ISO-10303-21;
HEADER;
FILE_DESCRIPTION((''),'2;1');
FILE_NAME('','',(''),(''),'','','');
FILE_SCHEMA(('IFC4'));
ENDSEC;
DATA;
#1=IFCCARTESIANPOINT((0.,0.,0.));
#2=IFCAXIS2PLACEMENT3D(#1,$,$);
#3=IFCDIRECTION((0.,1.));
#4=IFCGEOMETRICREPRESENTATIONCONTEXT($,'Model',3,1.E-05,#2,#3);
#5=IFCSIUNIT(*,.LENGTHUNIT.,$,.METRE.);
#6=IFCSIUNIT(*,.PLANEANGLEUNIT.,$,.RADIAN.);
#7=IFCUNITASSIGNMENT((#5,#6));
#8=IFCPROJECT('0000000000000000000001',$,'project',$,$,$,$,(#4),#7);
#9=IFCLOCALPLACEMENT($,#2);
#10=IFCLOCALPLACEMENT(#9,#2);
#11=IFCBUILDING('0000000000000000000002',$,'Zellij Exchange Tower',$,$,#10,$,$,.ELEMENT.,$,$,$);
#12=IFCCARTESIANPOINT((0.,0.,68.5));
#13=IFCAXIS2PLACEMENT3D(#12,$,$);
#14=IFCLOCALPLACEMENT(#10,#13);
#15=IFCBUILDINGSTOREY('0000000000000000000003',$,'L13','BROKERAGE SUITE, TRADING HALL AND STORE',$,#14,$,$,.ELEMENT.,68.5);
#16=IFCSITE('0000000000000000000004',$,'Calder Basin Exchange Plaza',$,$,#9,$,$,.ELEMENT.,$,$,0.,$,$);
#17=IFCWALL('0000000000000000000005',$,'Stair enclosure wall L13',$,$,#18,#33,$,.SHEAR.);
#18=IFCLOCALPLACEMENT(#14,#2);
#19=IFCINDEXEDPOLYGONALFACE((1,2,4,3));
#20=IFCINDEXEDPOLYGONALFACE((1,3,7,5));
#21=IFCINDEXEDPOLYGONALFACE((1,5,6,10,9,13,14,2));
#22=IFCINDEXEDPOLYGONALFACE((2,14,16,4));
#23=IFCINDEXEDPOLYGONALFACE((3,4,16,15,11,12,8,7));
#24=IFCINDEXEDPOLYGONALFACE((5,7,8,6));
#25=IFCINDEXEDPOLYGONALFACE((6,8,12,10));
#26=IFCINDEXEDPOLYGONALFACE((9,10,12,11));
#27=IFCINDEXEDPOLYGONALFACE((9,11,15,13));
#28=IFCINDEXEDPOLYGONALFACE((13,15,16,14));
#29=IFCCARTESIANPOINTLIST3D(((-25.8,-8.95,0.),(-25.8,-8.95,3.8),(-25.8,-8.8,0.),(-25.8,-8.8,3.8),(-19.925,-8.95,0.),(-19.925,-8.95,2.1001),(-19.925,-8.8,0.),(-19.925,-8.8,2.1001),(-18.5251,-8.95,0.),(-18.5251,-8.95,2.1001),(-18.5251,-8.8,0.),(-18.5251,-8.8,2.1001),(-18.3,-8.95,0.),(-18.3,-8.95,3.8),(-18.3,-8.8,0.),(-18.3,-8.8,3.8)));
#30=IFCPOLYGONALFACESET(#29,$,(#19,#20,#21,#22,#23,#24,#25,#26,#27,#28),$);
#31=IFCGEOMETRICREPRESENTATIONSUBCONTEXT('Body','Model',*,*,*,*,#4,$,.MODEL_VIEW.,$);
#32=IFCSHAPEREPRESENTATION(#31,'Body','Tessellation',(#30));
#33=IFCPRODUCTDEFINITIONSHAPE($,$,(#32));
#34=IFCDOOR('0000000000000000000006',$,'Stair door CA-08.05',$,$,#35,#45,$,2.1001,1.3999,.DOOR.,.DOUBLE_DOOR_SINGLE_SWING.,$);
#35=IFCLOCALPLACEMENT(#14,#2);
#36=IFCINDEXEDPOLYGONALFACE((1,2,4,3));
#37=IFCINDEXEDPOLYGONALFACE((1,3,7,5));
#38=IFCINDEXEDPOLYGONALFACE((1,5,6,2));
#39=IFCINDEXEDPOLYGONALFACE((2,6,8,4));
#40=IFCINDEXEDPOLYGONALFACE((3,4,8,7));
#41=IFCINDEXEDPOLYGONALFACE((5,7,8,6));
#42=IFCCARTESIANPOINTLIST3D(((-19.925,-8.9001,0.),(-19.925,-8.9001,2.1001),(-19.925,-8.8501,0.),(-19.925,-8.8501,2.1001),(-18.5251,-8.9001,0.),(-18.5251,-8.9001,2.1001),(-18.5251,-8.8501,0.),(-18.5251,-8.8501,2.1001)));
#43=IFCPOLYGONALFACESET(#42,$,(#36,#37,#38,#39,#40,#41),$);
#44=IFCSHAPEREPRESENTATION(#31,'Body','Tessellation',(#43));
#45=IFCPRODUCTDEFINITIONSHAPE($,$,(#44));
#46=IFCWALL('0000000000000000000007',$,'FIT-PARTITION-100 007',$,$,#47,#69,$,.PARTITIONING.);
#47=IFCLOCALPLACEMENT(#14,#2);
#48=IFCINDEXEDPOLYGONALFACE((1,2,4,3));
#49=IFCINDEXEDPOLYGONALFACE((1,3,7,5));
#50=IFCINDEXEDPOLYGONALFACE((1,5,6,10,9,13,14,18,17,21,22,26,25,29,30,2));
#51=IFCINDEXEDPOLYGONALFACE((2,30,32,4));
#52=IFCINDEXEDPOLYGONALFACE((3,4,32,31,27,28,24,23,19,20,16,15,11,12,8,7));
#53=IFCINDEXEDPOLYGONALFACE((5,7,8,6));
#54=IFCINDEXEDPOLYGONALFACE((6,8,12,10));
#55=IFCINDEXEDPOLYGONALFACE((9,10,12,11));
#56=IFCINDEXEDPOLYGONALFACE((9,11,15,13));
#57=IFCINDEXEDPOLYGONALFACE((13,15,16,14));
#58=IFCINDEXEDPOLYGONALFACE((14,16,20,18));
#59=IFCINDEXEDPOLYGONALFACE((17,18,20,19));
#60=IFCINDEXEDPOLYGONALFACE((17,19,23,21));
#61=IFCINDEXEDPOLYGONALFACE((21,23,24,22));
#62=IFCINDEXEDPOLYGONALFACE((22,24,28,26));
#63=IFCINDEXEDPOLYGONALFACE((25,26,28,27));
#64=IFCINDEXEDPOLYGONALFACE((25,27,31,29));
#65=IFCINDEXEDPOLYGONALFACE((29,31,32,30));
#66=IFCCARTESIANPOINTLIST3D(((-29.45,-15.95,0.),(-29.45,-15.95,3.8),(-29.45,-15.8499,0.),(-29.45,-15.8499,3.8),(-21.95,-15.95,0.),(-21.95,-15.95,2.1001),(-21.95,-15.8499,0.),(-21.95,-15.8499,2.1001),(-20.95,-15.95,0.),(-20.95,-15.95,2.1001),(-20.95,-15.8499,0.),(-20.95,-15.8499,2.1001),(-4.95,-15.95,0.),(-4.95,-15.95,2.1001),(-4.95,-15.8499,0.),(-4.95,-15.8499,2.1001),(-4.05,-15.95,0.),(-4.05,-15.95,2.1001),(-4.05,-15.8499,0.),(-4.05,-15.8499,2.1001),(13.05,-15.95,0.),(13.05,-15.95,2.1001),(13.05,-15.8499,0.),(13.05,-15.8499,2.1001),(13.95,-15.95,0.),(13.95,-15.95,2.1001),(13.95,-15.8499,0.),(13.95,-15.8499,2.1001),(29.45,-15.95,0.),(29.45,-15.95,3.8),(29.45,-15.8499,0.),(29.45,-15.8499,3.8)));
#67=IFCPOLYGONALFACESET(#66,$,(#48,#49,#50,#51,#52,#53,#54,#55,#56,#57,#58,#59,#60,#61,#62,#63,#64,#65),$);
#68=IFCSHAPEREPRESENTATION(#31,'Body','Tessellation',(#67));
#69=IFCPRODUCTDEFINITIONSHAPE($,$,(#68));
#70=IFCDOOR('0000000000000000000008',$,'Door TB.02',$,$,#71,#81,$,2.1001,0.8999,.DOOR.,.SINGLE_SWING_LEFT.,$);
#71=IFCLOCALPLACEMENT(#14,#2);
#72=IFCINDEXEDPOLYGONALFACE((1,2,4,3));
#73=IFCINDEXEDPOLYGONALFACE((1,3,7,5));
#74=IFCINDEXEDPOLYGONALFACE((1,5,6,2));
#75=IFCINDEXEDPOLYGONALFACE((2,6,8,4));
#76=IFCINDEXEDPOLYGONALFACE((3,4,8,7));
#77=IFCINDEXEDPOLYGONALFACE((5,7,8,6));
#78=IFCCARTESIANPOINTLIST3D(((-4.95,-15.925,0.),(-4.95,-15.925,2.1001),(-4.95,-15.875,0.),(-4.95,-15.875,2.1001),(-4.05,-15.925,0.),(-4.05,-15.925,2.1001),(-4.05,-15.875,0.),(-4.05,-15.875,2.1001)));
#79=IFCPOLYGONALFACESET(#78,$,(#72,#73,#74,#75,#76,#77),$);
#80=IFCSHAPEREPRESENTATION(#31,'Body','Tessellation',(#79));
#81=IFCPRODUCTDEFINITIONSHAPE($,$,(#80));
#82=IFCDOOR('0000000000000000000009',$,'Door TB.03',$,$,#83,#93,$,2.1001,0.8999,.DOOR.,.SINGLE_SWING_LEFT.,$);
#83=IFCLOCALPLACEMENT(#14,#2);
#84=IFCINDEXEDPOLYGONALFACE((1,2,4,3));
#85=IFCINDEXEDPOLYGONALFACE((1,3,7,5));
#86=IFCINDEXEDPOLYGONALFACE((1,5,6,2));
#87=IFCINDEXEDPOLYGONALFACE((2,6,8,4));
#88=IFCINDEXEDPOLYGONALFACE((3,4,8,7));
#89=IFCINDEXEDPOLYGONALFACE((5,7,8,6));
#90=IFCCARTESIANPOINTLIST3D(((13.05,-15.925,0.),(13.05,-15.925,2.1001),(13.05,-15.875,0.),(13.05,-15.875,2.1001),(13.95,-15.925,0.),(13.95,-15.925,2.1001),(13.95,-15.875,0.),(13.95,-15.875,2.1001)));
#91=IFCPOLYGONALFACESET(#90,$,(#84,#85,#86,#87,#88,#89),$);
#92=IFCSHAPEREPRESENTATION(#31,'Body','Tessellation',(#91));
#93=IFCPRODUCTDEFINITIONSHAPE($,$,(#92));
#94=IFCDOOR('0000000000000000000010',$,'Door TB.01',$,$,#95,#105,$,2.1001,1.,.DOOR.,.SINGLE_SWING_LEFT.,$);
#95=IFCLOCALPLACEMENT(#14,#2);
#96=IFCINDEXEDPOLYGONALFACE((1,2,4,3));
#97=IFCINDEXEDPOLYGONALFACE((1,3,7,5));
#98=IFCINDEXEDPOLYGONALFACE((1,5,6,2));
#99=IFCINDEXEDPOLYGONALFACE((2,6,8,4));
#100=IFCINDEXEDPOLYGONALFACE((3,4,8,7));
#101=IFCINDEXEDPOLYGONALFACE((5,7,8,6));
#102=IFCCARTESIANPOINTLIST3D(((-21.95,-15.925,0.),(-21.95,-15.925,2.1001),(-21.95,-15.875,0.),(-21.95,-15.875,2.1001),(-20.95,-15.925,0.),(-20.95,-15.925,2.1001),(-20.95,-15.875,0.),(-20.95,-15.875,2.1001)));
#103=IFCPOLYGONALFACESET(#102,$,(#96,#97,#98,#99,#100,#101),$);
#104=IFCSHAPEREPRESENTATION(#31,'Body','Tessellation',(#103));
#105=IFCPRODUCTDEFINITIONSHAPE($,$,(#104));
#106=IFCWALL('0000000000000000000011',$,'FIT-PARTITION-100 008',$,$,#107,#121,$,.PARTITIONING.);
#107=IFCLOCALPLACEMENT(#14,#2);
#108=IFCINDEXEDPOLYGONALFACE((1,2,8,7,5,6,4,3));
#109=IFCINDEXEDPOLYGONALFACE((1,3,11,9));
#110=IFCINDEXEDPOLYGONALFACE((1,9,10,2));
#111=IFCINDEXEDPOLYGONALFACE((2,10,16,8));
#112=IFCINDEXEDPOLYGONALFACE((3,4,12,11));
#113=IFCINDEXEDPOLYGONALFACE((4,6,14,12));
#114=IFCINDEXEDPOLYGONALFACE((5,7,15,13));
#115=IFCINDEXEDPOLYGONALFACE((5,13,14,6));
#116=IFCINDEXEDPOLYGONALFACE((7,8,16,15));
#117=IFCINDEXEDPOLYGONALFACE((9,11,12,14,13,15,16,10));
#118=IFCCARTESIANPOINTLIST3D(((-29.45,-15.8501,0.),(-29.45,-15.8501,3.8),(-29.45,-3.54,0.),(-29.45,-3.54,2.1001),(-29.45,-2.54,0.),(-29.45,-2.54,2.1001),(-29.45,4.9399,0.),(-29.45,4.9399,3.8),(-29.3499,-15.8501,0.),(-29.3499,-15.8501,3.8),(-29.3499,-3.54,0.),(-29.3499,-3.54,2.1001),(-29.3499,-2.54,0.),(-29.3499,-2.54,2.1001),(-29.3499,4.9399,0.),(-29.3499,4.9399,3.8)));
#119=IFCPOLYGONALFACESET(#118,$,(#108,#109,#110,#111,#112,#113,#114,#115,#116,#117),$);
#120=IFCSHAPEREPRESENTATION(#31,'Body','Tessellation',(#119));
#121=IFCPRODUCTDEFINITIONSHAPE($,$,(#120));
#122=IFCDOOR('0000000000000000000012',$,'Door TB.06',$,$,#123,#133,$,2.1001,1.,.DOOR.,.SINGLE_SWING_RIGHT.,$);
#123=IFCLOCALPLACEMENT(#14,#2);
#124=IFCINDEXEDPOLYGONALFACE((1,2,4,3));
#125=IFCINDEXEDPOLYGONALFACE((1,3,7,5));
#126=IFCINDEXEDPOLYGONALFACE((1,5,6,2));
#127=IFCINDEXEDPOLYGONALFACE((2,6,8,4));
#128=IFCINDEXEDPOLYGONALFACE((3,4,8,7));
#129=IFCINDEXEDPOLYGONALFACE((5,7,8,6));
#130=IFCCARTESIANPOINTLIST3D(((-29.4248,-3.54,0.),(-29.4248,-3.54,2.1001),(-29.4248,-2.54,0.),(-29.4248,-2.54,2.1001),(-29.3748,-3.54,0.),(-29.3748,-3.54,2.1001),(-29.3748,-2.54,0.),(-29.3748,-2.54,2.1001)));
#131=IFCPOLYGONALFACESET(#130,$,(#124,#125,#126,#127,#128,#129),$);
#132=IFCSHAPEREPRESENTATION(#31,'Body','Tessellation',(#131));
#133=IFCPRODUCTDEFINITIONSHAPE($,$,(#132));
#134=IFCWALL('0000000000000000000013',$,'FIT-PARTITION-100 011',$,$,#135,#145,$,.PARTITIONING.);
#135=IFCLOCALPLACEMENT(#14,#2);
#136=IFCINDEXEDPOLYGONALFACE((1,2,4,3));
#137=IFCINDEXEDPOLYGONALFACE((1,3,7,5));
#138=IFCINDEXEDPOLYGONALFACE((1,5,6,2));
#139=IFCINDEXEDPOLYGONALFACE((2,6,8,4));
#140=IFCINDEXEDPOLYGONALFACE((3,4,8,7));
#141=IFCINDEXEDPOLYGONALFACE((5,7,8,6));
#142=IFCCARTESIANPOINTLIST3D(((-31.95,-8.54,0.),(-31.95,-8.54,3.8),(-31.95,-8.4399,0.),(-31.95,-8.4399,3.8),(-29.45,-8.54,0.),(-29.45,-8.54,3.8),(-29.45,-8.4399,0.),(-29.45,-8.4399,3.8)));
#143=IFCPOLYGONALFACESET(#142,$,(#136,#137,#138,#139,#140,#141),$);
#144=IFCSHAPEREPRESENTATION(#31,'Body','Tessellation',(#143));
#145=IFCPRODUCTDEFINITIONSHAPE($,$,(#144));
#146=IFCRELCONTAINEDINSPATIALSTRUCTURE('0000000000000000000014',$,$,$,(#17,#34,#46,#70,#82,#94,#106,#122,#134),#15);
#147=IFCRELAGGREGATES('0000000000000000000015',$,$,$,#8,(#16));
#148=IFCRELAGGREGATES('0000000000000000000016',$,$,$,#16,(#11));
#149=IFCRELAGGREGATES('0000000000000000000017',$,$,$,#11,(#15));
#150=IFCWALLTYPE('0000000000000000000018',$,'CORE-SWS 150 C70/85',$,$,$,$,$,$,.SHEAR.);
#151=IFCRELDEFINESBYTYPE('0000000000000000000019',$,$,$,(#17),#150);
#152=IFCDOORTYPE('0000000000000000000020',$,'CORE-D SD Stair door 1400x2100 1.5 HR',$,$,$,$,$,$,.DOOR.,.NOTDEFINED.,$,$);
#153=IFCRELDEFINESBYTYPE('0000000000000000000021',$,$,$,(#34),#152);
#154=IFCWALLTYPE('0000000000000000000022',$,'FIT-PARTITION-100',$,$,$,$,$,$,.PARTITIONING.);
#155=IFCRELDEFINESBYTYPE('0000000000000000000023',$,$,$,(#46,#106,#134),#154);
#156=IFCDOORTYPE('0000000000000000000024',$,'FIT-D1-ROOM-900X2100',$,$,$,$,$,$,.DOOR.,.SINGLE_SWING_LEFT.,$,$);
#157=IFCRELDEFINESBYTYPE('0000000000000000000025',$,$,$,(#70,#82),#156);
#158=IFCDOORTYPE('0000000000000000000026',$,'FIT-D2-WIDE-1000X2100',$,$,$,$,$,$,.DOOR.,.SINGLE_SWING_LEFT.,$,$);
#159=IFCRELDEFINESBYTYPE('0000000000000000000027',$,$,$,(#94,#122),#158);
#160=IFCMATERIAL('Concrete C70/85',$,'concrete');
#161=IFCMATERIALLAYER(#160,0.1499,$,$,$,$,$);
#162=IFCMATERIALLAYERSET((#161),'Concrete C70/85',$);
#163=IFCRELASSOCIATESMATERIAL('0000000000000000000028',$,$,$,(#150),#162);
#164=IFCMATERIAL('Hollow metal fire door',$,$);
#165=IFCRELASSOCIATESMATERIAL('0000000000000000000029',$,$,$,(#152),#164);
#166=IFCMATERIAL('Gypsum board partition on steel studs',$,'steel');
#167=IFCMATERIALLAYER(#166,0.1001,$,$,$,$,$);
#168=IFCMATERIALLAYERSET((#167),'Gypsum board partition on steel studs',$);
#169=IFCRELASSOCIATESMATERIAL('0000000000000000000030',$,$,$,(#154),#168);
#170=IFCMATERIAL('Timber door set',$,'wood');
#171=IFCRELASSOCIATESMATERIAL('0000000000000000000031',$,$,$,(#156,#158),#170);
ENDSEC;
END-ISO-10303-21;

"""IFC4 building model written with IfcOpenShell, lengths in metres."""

from ifc_helpers import new_model, si_unit, direction, frame, frame_2d, origin, place, context, subcontext, project, spatial, rectangle, extrude, material, layer, layer_set, type_object, element, fill, save


model = new_model("IFC4")

# Units and contexts
model_context = context("Model", 3, precision=1e-05, world=origin(), true_north=direction((0.0, 1.0)))
body_context = subcontext(model_context, "Body", "Model", "MODEL_VIEW")
ifc_project = project(units=[si_unit("LENGTHUNIT", "METRE"), si_unit("PLANEANGLEUNIT", "RADIAN")], contexts=[model_context])

# Site, building, storey
site_placement = place(None, origin())
site = spatial("IfcSite", under=ifc_project, at=site_placement, Name="Calder Basin Exchange Plaza", CompositionType="ELEMENT", RefElevation=0.0)
building_placement = place(site_placement, origin())
building = spatial("IfcBuilding", under=site, at=building_placement, Name="Zellij Exchange Tower", CompositionType="ELEMENT")
storey_placement = place(building_placement, frame((0.0, 0.0, 68.5)))
storey = spatial("IfcBuildingStorey", under=building, at=storey_placement, Name="L13", Description="BROKERAGE SUITE, TRADING HALL AND STORE", CompositionType="ELEMENT", Elevation=68.5)

# Shared definitions
ifc_material_1 = material(Name="Concrete C70/85", Category="concrete")

# Shared definitions
ifc_material_2 = material(Name="Hollow metal fire door")

# Wall, opening, door
ifc_layer_1 = layer(ifc_material_1, 0.1499)
ifc_layer_set_1 = layer_set([ifc_layer_1], Name="Concrete C70/85")
wall_type_1 = type_object("IfcWallType", Name="CORE-SWS 150 C70/85", PredefinedType="SHEAR", material=ifc_layer_set_1)
wall_1_placement = place(storey_placement, frame((-25.8, -8.875, 0.0), z_axis=(0.0, 0.0, 1.0), x_axis=(1.0, 0.0, 0.0)))
wall_1 = element("IfcWall", 1, at=wall_1_placement, inside=storey, type_object=wall_type_1, Name="Stair enclosure wall L13", PredefinedType="SHEAR", context=body_context, shape_type="SweptSolid", body=[
    extrude(rectangle(XDim=7.5, YDim=0.1499, at=frame_2d((3.75, 0.0))), origin(), (0.0, 0.0, 1.0), 3.8),
])
opening_1_placement = place(wall_1_placement, frame((5.875, 0.0, 0.0)))
opening_1 = element("IfcOpeningElement", 2, at=opening_1_placement, cuts=wall_1, PredefinedType="OPENING", context=body_context, shape_type="SweptSolid", body=[
    extrude(rectangle(XDim=1.3999, YDim=2.1001, at=frame_2d((0.7, 1.05))), frame((0.0, 0.0869, 0.0), z_axis=(0.0, -1.0, 0.0), x_axis=(1.0, 0.0, 0.0)), (0.0, 0.0, 1.0), 0.1738),
])
door_type_1 = type_object("IfcDoorType", Name="CORE-D SD Stair door 1400x2100 1.5 HR", OperationType="NOTDEFINED", PredefinedType="DOOR", material=ifc_material_2)
door_1_placement = place(opening_1_placement, origin())
door_1 = element("IfcDoor", 3, at=door_1_placement, inside=storey, type_object=door_type_1, Name="Stair door CA-08.05", OperationType="DOUBLE_DOOR_SINGLE_SWING", OverallHeight=2.1001, OverallWidth=1.3999, PredefinedType="DOOR", context=body_context, shape_type="SweptSolid", body=[
    extrude(rectangle(XDim=1.3999, YDim=2.1001, at=frame_2d((0.7, 1.05))), frame((0.0, 0.0249, 0.0), z_axis=(0.0, -1.0, 0.0), x_axis=(1.0, 0.0, 0.0)), (0.0, 0.0, 1.0), 0.05),
])
fill(opening_1, door_1)

# Wall, openings, doors
ifc_material_3 = material(Name="Gypsum board partition on steel studs", Category="steel")
ifc_layer_2 = layer(ifc_material_3, 0.1001)
ifc_layer_set_2 = layer_set([ifc_layer_2], Name="Gypsum board partition on steel studs")
wall_type_2 = type_object("IfcWallType", Name="FIT-PARTITION-100", PredefinedType="PARTITIONING", material=ifc_layer_set_2)
wall_2_placement = place(storey_placement, frame((-29.45, -15.8999, 0.0), z_axis=(0.0, 0.0, 1.0), x_axis=(1.0, 0.0, 0.0)))
wall_2 = element("IfcWall", 4, at=wall_2_placement, inside=storey, type_object=wall_type_2, Name="FIT-PARTITION-100 007", PredefinedType="PARTITIONING", context=body_context, shape_type="SweptSolid", body=[
    extrude(rectangle(XDim=58.8999, YDim=0.1001, at=frame_2d((29.45, 0.0))), origin(), (0.0, 0.0, 1.0), 3.8),
])
opening_2_placement = place(wall_2_placement, frame((7.5, 0.0, 0.0)))
opening_2 = element("IfcOpeningElement", 5, at=opening_2_placement, cuts=wall_2, PredefinedType="OPENING", context=body_context, shape_type="SweptSolid", body=[
    extrude(rectangle(XDim=1.0, YDim=2.1001, at=frame_2d((0.5, 1.05))), frame((0.0, 0.062, 0.0), z_axis=(0.0, -1.0, 0.0), x_axis=(1.0, 0.0, 0.0)), (0.0, 0.0, 1.0), 0.124),
])
opening_3_placement = place(wall_2_placement, frame((24.5, 0.0, 0.0)))
opening_3 = element("IfcOpeningElement", 6, at=opening_3_placement, cuts=wall_2, PredefinedType="OPENING", context=body_context, shape_type="SweptSolid", body=[
    extrude(rectangle(XDim=0.8999, YDim=2.1001, at=frame_2d((0.45, 1.05))), frame((0.0, 0.062, 0.0), z_axis=(0.0, -1.0, 0.0), x_axis=(1.0, 0.0, 0.0)), (0.0, 0.0, 1.0), 0.124),
])
opening_4_placement = place(wall_2_placement, frame((42.5, 0.0, 0.0)))
opening_4 = element("IfcOpeningElement", 7, at=opening_4_placement, cuts=wall_2, PredefinedType="OPENING", context=body_context, shape_type="SweptSolid", body=[
    extrude(rectangle(XDim=0.8999, YDim=2.1001, at=frame_2d((0.45, 1.05))), frame((0.0, 0.062, 0.0), z_axis=(0.0, -1.0, 0.0), x_axis=(1.0, 0.0, 0.0)), (0.0, 0.0, 1.0), 0.124),
])
ifc_material_4 = material(Name="Timber door set", Category="wood")
door_type_2 = type_object("IfcDoorType", Name="FIT-D1-ROOM-900X2100", OperationType="SINGLE_SWING_LEFT", PredefinedType="DOOR", material=ifc_material_4)
door_2_placement = place(opening_3_placement, origin())
door_2 = element("IfcDoor", 8, at=door_2_placement, inside=storey, type_object=door_type_2, Name="Door TB.02", OperationType="SINGLE_SWING_LEFT", OverallHeight=2.1001, OverallWidth=0.8999, PredefinedType="DOOR", context=body_context, shape_type="SweptSolid", body=[
    extrude(rectangle(XDim=0.8999, YDim=2.1001, at=frame_2d((0.45, 1.05))), frame((0.0, 0.0249, 0.0), z_axis=(0.0, -1.0, 0.0), x_axis=(1.0, 0.0, 0.0)), (0.0, 0.0, 1.0), 0.05),
])
fill(opening_3, door_2)
door_3_placement = place(opening_4_placement, origin())
door_3 = element("IfcDoor", 9, at=door_3_placement, inside=storey, type_object=door_type_2, Name="Door TB.03", OperationType="SINGLE_SWING_LEFT", OverallHeight=2.1001, OverallWidth=0.8999, PredefinedType="DOOR", context=body_context, shape_type="SweptSolid", body=[
    extrude(rectangle(XDim=0.8999, YDim=2.1001, at=frame_2d((0.45, 1.05))), frame((0.0, 0.0249, 0.0), z_axis=(0.0, -1.0, 0.0), x_axis=(1.0, 0.0, 0.0)), (0.0, 0.0, 1.0), 0.05),
])
fill(opening_4, door_3)
door_type_3 = type_object("IfcDoorType", Name="FIT-D2-WIDE-1000X2100", OperationType="SINGLE_SWING_LEFT", PredefinedType="DOOR", material=ifc_material_4)
door_4_placement = place(opening_2_placement, origin())
door_4 = element("IfcDoor", 10, at=door_4_placement, inside=storey, type_object=door_type_3, Name="Door TB.01", OperationType="SINGLE_SWING_LEFT", OverallHeight=2.1001, OverallWidth=1.0, PredefinedType="DOOR", context=body_context, shape_type="SweptSolid", body=[
    extrude(rectangle(XDim=1.0, YDim=2.1001, at=frame_2d((0.5, 1.05))), frame((0.0, 0.0249, 0.0), z_axis=(0.0, -1.0, 0.0), x_axis=(1.0, 0.0, 0.0)), (0.0, 0.0, 1.0), 0.05),
])
fill(opening_2, door_4)

# Wall, opening, door
wall_3_placement = place(storey_placement, frame((-29.3999, -15.8501, 0.0), z_axis=(0.0, 0.0, 1.0), x_axis=(0.0, 1.0, 0.0)))
wall_3 = element("IfcWall", 11, at=wall_3_placement, inside=storey, type_object=wall_type_2, Name="FIT-PARTITION-100 008", PredefinedType="PARTITIONING", context=body_context, shape_type="SweptSolid", body=[
    extrude(rectangle(XDim=20.79, YDim=0.1001, at=frame_2d((10.395, 0.0))), origin(), (0.0, 0.0, 1.0), 3.8),
])
opening_5_placement = place(wall_3_placement, frame((12.3101, 0.0, 0.0)))
opening_5 = element("IfcOpeningElement", 12, at=opening_5_placement, cuts=wall_3, PredefinedType="OPENING", context=body_context, shape_type="SweptSolid", body=[
    extrude(rectangle(XDim=1.0, YDim=2.1001, at=frame_2d((0.5, 1.05))), frame((0.0, 0.062, 0.0), z_axis=(0.0, -1.0, 0.0), x_axis=(1.0, 0.0, 0.0)), (0.0, 0.0, 1.0), 0.124),
])
door_5_placement = place(opening_5_placement, origin())
door_5 = element("IfcDoor", 13, at=door_5_placement, inside=storey, type_object=door_type_3, Name="Door TB.06", OperationType="SINGLE_SWING_RIGHT", OverallHeight=2.1001, OverallWidth=1.0, PredefinedType="DOOR", context=body_context, shape_type="SweptSolid", body=[
    extrude(rectangle(XDim=1.0, YDim=2.1001, at=frame_2d((0.5, 1.05))), frame((0.0, 0.0249, 0.0), z_axis=(0.0, -1.0, 0.0), x_axis=(1.0, 0.0, 0.0)), (0.0, 0.0, 1.0), 0.05),
])
fill(opening_5, door_5)

# Wall
wall_4_placement = place(storey_placement, frame((-31.95, -8.49, 0.0), z_axis=(0.0, 0.0, 1.0), x_axis=(1.0, 0.0, 0.0)))
element("IfcWall", 14, at=wall_4_placement, inside=storey, type_object=wall_type_2, Name="FIT-PARTITION-100 011", PredefinedType="PARTITIONING", context=body_context, shape_type="SweptSolid", body=[
    extrude(rectangle(XDim=2.5, YDim=0.1001, at=frame_2d((1.25, 0.0))), origin(), (0.0, 0.0, 1.0), 3.8),
])

save(model, "model.ifc")
